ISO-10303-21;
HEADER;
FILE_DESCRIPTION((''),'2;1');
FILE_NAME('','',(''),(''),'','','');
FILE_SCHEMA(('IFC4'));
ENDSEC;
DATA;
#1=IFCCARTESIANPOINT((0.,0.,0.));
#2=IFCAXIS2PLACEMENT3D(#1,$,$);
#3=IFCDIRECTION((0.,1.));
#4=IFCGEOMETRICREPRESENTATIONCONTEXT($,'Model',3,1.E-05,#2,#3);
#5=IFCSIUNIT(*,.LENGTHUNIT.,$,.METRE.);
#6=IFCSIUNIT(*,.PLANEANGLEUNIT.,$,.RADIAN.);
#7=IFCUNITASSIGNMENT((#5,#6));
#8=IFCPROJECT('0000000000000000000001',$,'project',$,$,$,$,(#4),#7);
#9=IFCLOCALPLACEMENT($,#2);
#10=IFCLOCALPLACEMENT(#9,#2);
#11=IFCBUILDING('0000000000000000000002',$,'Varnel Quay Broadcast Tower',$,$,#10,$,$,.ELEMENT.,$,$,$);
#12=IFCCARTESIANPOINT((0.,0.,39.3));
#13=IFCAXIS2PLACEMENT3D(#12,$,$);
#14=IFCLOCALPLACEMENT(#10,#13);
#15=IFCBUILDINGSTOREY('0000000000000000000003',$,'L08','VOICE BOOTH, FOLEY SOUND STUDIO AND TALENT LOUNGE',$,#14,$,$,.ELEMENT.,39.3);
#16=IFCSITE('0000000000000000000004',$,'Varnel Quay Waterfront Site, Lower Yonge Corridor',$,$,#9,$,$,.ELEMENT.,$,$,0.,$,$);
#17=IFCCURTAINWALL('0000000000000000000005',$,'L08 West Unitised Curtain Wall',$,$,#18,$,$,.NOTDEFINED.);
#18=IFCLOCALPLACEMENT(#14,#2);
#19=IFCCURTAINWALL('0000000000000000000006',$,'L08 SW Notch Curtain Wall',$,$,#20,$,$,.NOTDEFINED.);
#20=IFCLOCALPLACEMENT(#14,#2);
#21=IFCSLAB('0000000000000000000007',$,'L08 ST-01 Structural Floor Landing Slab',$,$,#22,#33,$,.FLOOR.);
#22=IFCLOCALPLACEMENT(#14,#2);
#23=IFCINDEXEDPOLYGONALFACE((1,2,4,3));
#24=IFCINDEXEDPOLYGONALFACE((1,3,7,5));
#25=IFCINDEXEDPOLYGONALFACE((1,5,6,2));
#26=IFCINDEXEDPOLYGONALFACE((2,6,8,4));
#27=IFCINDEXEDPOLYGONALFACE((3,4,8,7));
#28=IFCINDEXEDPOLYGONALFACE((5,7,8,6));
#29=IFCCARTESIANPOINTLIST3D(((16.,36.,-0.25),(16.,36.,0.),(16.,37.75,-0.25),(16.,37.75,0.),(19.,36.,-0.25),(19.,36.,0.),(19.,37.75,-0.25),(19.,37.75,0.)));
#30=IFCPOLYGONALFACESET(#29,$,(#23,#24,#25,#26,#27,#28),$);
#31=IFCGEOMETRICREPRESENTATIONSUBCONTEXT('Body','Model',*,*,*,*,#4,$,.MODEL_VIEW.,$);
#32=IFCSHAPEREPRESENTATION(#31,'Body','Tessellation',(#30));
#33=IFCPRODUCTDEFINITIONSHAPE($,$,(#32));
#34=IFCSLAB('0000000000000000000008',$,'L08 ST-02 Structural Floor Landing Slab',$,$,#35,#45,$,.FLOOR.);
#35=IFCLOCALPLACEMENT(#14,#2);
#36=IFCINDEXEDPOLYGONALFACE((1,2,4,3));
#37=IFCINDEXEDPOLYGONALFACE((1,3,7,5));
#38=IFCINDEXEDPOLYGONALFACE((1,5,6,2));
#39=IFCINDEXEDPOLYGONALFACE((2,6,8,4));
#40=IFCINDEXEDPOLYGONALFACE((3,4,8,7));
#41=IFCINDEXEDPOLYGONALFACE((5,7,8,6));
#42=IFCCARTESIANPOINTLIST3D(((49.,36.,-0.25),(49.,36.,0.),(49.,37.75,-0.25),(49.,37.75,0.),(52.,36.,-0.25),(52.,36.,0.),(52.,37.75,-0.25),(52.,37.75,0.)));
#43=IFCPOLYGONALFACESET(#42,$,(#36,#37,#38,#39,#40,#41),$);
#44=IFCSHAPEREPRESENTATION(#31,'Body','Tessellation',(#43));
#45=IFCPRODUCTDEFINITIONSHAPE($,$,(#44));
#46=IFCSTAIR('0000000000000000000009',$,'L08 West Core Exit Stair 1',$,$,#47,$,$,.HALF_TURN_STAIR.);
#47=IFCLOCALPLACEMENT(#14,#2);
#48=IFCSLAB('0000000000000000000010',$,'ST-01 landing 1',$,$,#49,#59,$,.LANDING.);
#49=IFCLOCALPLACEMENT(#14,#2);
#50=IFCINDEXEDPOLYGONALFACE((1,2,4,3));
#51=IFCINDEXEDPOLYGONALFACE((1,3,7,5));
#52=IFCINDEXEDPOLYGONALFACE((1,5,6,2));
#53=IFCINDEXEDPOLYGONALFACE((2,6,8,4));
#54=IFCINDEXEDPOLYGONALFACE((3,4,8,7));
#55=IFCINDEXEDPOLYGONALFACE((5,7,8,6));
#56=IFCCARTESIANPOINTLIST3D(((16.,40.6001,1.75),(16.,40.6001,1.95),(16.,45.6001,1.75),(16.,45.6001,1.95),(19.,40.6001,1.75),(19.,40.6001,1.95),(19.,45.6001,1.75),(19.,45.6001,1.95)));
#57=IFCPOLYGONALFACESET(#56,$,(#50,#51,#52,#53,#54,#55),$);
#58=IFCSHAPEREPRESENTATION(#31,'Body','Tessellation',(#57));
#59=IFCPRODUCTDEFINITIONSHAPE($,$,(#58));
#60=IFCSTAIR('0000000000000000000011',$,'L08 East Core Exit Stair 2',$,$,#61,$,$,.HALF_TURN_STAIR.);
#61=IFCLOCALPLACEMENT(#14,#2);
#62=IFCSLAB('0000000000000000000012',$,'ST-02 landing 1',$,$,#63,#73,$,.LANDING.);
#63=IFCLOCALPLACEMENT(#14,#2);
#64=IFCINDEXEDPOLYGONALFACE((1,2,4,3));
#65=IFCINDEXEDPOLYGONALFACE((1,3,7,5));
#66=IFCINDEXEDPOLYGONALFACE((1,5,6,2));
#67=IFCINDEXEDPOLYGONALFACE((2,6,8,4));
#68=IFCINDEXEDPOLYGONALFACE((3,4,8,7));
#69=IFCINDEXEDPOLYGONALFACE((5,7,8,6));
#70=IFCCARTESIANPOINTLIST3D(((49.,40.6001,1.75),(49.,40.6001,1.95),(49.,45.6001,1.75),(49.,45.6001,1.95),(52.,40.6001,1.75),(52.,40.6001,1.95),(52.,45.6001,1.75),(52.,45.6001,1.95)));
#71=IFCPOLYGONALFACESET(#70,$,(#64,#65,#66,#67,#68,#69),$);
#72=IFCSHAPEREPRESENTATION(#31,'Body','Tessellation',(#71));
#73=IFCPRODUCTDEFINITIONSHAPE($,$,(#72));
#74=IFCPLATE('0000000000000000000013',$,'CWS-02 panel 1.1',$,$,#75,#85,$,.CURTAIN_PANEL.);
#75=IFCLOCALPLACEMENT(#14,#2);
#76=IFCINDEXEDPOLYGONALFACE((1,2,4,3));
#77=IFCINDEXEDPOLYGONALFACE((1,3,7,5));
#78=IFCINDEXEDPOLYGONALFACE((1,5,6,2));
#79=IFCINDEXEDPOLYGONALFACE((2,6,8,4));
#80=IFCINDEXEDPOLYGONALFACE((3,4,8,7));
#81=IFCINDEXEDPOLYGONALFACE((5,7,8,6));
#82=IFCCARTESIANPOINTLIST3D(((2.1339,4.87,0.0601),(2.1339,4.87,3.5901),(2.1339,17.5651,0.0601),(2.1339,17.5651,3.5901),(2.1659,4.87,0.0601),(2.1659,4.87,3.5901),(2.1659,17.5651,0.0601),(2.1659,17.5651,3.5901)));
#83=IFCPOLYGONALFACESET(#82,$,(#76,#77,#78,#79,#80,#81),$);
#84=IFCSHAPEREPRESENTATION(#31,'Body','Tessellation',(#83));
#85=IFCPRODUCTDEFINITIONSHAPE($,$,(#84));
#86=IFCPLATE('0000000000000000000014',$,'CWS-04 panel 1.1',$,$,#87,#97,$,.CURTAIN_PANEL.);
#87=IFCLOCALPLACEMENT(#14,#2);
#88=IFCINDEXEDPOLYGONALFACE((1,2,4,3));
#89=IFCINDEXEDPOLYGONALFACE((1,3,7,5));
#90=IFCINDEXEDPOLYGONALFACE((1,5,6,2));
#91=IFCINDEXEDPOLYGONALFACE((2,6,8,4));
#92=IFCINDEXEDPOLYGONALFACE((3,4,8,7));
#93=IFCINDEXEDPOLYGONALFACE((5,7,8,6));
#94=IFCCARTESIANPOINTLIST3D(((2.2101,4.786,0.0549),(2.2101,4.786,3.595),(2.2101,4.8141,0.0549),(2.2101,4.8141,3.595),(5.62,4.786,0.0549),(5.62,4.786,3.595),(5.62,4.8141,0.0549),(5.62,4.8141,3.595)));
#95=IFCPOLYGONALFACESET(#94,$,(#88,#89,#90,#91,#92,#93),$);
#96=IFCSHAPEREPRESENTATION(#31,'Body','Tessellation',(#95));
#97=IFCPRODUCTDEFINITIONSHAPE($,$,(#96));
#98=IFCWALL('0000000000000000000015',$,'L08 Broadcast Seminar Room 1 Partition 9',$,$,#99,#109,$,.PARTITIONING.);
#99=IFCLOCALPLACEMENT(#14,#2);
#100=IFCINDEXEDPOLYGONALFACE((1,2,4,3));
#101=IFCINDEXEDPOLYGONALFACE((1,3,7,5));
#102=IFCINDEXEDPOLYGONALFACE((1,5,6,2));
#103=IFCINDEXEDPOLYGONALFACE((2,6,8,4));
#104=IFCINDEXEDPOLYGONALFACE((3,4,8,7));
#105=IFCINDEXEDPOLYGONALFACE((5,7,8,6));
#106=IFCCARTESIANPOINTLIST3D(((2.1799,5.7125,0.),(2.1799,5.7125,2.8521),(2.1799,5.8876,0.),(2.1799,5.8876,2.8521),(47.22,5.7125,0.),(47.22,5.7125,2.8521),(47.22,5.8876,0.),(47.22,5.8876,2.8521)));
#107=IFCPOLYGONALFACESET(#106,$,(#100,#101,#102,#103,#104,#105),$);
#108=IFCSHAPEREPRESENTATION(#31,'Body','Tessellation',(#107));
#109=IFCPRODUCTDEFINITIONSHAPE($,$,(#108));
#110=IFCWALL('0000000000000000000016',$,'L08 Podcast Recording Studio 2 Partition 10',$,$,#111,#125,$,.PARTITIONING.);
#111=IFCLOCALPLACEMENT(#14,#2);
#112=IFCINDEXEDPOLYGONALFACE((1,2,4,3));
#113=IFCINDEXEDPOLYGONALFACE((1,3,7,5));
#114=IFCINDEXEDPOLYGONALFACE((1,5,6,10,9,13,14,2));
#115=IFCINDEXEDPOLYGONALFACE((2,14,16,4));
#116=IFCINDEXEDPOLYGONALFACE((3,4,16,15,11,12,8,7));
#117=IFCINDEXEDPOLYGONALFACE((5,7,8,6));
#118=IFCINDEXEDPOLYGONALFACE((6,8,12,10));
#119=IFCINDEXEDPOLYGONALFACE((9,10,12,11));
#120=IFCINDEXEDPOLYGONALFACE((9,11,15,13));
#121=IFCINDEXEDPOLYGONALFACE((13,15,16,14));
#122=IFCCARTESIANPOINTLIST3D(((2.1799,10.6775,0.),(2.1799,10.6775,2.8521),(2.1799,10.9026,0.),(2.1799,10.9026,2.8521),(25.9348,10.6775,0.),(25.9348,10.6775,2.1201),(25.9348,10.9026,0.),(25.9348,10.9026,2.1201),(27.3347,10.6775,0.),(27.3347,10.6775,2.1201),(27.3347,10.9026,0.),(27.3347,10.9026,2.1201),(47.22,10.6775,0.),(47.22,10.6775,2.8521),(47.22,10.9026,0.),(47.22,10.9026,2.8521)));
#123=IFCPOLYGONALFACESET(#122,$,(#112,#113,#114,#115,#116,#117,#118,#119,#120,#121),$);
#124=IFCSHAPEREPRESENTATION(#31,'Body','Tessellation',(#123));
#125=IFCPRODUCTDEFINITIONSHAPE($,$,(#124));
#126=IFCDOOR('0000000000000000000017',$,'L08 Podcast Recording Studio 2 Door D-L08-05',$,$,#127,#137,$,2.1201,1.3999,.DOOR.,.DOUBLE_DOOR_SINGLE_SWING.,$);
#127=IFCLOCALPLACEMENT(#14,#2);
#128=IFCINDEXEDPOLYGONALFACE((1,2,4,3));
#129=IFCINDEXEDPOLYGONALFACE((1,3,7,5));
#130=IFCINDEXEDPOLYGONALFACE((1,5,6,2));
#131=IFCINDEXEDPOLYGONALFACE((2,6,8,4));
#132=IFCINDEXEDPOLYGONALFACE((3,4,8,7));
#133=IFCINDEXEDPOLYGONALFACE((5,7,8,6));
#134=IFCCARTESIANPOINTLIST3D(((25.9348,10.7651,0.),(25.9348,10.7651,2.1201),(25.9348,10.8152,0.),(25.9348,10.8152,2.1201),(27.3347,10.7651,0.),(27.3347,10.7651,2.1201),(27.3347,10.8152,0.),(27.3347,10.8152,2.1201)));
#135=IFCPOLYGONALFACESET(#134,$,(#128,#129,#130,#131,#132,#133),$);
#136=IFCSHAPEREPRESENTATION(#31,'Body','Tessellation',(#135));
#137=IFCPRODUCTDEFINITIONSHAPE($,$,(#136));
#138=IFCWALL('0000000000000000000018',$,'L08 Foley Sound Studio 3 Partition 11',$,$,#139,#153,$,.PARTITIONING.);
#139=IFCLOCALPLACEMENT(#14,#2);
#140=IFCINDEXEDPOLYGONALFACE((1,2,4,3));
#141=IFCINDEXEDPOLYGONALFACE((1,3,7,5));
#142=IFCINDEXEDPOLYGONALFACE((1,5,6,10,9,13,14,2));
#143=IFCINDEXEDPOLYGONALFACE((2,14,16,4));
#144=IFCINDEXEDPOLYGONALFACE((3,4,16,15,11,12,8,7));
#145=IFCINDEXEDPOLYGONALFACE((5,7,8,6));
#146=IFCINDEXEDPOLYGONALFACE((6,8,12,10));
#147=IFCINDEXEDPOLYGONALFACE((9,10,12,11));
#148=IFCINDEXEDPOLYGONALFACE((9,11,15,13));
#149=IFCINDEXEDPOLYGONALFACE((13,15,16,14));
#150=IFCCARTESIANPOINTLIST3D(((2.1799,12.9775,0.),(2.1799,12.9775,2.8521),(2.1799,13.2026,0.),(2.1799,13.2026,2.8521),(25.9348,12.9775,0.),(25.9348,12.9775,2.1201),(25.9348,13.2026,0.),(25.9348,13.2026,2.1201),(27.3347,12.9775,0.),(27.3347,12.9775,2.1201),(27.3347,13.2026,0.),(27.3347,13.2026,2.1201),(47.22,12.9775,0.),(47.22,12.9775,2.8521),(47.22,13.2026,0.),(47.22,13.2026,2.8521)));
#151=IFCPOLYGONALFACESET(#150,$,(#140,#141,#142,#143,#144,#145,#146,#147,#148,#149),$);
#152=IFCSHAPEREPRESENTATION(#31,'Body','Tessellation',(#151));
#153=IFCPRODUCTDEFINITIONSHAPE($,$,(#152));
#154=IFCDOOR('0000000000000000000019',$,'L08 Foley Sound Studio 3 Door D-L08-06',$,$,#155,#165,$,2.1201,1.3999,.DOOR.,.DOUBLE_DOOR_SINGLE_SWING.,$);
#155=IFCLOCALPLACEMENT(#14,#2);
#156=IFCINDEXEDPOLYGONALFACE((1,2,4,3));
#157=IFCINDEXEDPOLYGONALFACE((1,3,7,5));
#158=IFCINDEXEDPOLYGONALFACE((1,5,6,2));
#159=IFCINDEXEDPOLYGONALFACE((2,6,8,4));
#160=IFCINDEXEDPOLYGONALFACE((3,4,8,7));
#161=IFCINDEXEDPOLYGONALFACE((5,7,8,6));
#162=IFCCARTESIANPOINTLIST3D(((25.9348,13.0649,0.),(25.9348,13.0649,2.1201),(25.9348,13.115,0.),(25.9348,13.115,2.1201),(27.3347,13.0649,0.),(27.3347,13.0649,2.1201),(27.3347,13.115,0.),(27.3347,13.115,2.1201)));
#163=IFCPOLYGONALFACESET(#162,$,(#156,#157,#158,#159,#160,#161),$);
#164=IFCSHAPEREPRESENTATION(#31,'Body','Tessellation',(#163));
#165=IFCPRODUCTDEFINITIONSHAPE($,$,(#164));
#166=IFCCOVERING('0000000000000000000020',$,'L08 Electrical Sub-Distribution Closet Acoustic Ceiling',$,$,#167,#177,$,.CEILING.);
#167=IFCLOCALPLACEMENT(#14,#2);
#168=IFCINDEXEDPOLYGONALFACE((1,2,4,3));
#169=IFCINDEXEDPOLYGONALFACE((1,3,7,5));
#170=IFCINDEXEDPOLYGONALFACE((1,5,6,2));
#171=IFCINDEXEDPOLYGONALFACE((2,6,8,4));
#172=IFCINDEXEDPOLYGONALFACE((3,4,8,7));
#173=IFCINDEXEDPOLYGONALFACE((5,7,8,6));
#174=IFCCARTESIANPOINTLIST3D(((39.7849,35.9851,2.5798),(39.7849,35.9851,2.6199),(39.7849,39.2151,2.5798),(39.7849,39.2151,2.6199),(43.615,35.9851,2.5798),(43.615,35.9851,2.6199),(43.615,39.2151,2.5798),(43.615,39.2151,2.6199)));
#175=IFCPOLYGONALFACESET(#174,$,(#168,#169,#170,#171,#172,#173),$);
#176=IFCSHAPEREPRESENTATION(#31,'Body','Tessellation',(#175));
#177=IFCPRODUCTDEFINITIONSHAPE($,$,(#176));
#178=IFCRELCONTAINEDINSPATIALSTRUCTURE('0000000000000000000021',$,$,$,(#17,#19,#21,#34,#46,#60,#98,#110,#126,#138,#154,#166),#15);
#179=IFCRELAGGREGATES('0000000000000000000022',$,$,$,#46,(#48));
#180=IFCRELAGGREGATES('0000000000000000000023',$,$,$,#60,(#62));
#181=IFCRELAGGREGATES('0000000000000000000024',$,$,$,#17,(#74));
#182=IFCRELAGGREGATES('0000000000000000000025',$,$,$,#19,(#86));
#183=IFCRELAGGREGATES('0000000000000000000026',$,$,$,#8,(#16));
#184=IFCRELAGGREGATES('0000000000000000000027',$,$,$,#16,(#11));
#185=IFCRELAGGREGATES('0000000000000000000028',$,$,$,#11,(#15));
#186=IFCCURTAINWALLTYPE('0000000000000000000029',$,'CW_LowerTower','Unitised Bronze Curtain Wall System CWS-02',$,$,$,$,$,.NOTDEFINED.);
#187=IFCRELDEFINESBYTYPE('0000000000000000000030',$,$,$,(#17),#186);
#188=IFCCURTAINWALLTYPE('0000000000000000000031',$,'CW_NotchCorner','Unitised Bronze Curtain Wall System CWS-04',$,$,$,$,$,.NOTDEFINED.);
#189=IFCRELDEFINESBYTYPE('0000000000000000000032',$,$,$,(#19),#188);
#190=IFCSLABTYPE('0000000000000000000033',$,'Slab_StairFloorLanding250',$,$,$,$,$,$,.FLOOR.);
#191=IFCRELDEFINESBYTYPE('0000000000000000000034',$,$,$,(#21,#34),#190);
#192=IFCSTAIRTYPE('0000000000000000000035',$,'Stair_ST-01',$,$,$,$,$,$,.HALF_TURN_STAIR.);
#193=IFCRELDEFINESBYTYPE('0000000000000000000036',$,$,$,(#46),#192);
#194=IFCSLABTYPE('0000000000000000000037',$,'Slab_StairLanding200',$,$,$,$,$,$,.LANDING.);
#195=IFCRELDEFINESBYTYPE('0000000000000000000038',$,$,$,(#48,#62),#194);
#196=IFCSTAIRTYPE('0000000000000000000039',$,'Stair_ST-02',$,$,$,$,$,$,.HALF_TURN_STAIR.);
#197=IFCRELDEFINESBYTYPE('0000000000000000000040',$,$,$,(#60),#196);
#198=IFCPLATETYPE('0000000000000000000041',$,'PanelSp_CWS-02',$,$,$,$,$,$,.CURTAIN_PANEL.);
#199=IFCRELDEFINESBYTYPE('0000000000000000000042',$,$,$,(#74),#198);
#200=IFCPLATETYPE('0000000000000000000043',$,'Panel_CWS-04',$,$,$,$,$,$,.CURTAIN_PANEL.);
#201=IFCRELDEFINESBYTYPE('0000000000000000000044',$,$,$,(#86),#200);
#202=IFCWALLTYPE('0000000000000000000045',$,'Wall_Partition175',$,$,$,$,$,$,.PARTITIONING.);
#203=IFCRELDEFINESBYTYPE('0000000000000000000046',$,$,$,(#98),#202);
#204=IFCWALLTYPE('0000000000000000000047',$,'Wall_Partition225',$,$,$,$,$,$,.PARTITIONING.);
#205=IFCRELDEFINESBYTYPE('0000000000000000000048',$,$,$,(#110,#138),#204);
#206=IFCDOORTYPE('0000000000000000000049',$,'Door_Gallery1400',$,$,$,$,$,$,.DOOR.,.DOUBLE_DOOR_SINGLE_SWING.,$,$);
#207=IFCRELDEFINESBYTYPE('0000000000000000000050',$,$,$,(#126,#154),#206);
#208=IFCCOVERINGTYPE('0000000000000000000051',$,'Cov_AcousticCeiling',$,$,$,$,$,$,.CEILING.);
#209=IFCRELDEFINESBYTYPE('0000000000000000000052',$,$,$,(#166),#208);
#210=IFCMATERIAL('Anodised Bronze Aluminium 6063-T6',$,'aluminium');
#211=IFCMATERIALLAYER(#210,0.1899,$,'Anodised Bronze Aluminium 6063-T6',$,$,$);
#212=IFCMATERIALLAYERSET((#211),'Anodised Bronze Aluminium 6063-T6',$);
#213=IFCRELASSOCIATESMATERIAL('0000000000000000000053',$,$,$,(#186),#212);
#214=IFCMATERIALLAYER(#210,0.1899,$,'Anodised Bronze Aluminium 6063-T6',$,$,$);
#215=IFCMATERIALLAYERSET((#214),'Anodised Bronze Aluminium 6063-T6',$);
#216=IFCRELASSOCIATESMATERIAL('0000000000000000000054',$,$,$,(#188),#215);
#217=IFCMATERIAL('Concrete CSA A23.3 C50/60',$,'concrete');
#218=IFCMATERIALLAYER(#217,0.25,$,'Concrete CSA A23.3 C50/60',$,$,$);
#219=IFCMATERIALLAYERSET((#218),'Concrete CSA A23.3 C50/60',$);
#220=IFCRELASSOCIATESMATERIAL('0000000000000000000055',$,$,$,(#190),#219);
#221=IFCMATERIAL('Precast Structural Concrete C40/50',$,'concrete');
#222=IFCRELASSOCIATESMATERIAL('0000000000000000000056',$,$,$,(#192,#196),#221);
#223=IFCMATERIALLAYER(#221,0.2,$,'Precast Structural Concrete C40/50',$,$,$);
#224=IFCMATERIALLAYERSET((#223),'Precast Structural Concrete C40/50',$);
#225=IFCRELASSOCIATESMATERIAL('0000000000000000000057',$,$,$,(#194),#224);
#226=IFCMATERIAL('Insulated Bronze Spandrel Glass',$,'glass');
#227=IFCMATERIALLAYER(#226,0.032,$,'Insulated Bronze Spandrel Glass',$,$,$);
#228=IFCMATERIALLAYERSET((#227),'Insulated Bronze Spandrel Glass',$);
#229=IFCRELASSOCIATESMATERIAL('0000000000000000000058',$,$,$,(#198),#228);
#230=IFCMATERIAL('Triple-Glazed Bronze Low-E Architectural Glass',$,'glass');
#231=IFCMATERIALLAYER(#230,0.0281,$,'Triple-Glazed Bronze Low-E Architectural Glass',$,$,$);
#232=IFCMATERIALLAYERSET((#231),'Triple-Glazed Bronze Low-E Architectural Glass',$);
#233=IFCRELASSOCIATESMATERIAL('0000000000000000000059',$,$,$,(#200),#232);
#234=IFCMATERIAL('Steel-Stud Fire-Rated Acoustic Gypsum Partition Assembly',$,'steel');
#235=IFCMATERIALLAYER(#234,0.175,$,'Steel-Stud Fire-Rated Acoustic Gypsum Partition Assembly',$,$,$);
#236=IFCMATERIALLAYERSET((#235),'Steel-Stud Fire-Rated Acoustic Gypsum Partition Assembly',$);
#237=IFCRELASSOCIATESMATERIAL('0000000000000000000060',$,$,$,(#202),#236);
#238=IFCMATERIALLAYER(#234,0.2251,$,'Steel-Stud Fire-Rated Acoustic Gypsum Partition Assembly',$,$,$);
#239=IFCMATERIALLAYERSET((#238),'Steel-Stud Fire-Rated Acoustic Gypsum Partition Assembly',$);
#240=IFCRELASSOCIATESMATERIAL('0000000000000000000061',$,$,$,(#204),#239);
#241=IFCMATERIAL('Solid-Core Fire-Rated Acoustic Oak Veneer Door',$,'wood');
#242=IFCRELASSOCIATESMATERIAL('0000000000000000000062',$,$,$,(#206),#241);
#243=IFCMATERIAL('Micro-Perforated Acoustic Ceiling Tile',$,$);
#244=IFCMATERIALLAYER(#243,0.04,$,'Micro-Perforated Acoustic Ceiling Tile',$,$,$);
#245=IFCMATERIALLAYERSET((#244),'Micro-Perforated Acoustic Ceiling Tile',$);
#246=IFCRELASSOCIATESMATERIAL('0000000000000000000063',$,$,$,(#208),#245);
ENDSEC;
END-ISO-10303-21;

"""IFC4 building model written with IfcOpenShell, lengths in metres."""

from ifc_helpers import new_model, si_unit, direction, frame, frame_2d, origin, origin_2d, place, context, subcontext, project, spatial, polyline, rectangle, outline, extrude, source, transform, mapped, material, layer, layer_set, type_object, type_shapes, element, fill, aggregate, save


model = new_model("IFC4")

# Units and contexts
model_context = context("Model", 3, precision=1e-05, world=origin(), true_north=direction((0.0, 1.0)))
body_context = subcontext(model_context, "Body", "Model", "MODEL_VIEW")
ifc_project = project(units=[si_unit("LENGTHUNIT", "METRE"), si_unit("PLANEANGLEUNIT", "RADIAN")], contexts=[model_context])

# Site, building, storey
site_placement = place(None, origin())
site = spatial("IfcSite", under=ifc_project, at=site_placement, Name="Varnel Quay Waterfront Site, Lower Yonge Corridor", CompositionType="ELEMENT", RefElevation=0.0)
building_placement = place(site_placement, origin())
building = spatial("IfcBuilding", under=site, at=building_placement, Name="Varnel Quay Broadcast Tower", CompositionType="ELEMENT")
storey_placement = place(building_placement, frame((0.0, 0.0, 39.3)))
storey = spatial("IfcBuildingStorey", under=building, at=storey_placement, Name="L08", Description="VOICE BOOTH, FOLEY SOUND STUDIO AND TALENT LOUNGE", CompositionType="ELEMENT", Elevation=39.3)

# Curtain walls
ifc_material_1 = material(Name="Anodised Bronze Aluminium 6063-T6", Category="aluminium")
ifc_layer_1 = layer(ifc_material_1, 0.1899, Name="Anodised Bronze Aluminium 6063-T6")
ifc_layer_set_1 = layer_set([ifc_layer_1], Name="Anodised Bronze Aluminium 6063-T6")
curtain_wall_type_1 = type_object("IfcCurtainWallType", Name="CW_LowerTower", Description="Unitised Bronze Curtain Wall System CWS-02", PredefinedType="NOTDEFINED", material=ifc_layer_set_1)
curtain_wall_1_placement = place(storey_placement, origin())
curtain_wall_1 = element("IfcCurtainWall", 1, at=curtain_wall_1_placement, inside=storey, type_object=curtain_wall_type_1, Name="L08 West Unitised Curtain Wall", PredefinedType="NOTDEFINED")
ifc_layer_2 = layer(ifc_material_1, 0.1899, Name="Anodised Bronze Aluminium 6063-T6")
ifc_layer_set_2 = layer_set([ifc_layer_2], Name="Anodised Bronze Aluminium 6063-T6")
curtain_wall_type_2 = type_object("IfcCurtainWallType", Name="CW_NotchCorner", Description="Unitised Bronze Curtain Wall System CWS-04", PredefinedType="NOTDEFINED", material=ifc_layer_set_2)
curtain_wall_2_placement = place(storey_placement, origin())
curtain_wall_2 = element("IfcCurtainWall", 2, at=curtain_wall_2_placement, inside=storey, type_object=curtain_wall_type_2, Name="L08 SW Notch Curtain Wall", PredefinedType="NOTDEFINED")

# Slabs
ifc_material_2 = material(Name="Concrete CSA A23.3 C50/60", Category="concrete")
ifc_layer_3 = layer(ifc_material_2, 0.25, Name="Concrete CSA A23.3 C50/60")
ifc_layer_set_3 = layer_set([ifc_layer_3], Name="Concrete CSA A23.3 C50/60")
slab_type_1 = type_object("IfcSlabType", Name="Slab_StairFloorLanding250", PredefinedType="FLOOR", material=ifc_layer_set_3)
slab_1_placement = place(storey_placement, frame((0.0, 0.0, -0.25)))
element("IfcSlab", 3, at=slab_1_placement, inside=storey, type_object=slab_type_1, Name="L08 ST-01 Structural Floor Landing Slab", PredefinedType="FLOOR", context=body_context, shape_type="SweptSolid", body=[
    extrude(outline(polyline([(19.0, 36.0), (19.0, 37.75), (16.0, 37.75), (16.0, 36.0), (19.0, 36.0)])), origin(), (0.0, 0.0, 1.0), 0.25),
])
slab_2_placement = place(storey_placement, frame((0.0, 0.0, -0.25)))
element("IfcSlab", 4, at=slab_2_placement, inside=storey, type_object=slab_type_1, Name="L08 ST-02 Structural Floor Landing Slab", PredefinedType="FLOOR", context=body_context, shape_type="SweptSolid", body=[
    extrude(outline(polyline([(52.0, 36.0), (52.0, 37.75), (49.0, 37.75), (49.0, 36.0), (52.0, 36.0)])), origin(), (0.0, 0.0, 1.0), 0.25),
])

# Stairs, slabs
ifc_material_3 = material(Name="Precast Structural Concrete C40/50", Category="concrete")
stair_type_1 = type_object("IfcStairType", Name="Stair_ST-01", PredefinedType="HALF_TURN_STAIR", material=ifc_material_3)
stair_1_placement = place(storey_placement, origin())
stair_1 = element("IfcStair", 5, at=stair_1_placement, inside=storey, type_object=stair_type_1, Name="L08 West Core Exit Stair 1", PredefinedType="HALF_TURN_STAIR")
ifc_layer_4 = layer(ifc_material_3, 0.2, Name="Precast Structural Concrete C40/50")
ifc_layer_set_4 = layer_set([ifc_layer_4], Name="Precast Structural Concrete C40/50")
slab_type_2 = type_object("IfcSlabType", Name="Slab_StairLanding200", PredefinedType="LANDING", material=ifc_layer_set_4)
slab_3_placement = place(storey_placement, frame((0.0, 0.0, 1.75)))
slab_3 = element("IfcSlab", 6, at=slab_3_placement, type_object=slab_type_2, Name="ST-01 landing 1", PredefinedType="LANDING", context=body_context, shape_type="SweptSolid", body=[
    extrude(outline(polyline([(19.0, 40.6001), (19.0, 45.6001), (16.0, 45.6001), (16.0, 40.6001), (19.0, 40.6001)])), origin(), (0.0, 0.0, 1.0), 0.2),
])
aggregate(stair_1, [slab_3])
stair_type_2 = type_object("IfcStairType", Name="Stair_ST-02", PredefinedType="HALF_TURN_STAIR", material=ifc_material_3)
stair_2_placement = place(storey_placement, origin())
stair_2 = element("IfcStair", 7, at=stair_2_placement, inside=storey, type_object=stair_type_2, Name="L08 East Core Exit Stair 2", PredefinedType="HALF_TURN_STAIR")
slab_4_placement = place(storey_placement, frame((0.0, 0.0, 1.75)))
slab_4 = element("IfcSlab", 8, at=slab_4_placement, type_object=slab_type_2, Name="ST-02 landing 1", PredefinedType="LANDING", context=body_context, shape_type="SweptSolid", body=[
    extrude(outline(polyline([(52.0, 40.6001), (52.0, 45.6001), (49.0, 45.6001), (49.0, 40.6001), (52.0, 40.6001)])), origin(), (0.0, 0.0, 1.0), 0.2),
])
aggregate(stair_2, [slab_4])

# Plates
ifc_material_4 = material(Name="Insulated Bronze Spandrel Glass", Category="glass")
ifc_layer_5 = layer(ifc_material_4, 0.032, Name="Insulated Bronze Spandrel Glass")
ifc_layer_set_5 = layer_set([ifc_layer_5], Name="Insulated Bronze Spandrel Glass")
plate_type_1 = type_object("IfcPlateType", Name="PanelSp_CWS-02", PredefinedType="CURTAIN_PANEL", material=ifc_layer_set_5)
shared_shape_1 = source(origin(), body_context, "Body", "SweptSolid", [
    extrude(rectangle(XDim=12.6951, YDim=0.032, at=origin_2d()), origin(), (0.0, 0.0, 1.0), 3.53),
])
type_shapes(plate_type_1, [shared_shape_1])
plate_1_placement = place(storey_placement, frame((2.1499, 11.2175, 0.0601), z_axis=(0.0, 0.0, 1.0), x_axis=(0.0, 1.0, 0.0)))
plate_1 = element("IfcPlate", 9, at=plate_1_placement, type_object=plate_type_1, Name="CWS-02 panel 1.1", PredefinedType="CURTAIN_PANEL", context=body_context, shape_type="MappedRepresentation", body=[
    mapped(shared_shape_1, transform((0.0, 0.0, 0.0), x_axis=(1.0, 0.0, 0.0), y_axis=(0.0, 1.0, 0.0), z_axis=(0.0, 0.0, 1.0), scale=1.0)),
])
aggregate(curtain_wall_1, [plate_1])
ifc_material_5 = material(Name="Triple-Glazed Bronze Low-E Architectural Glass", Category="glass")
ifc_layer_6 = layer(ifc_material_5, 0.0281, Name="Triple-Glazed Bronze Low-E Architectural Glass")
ifc_layer_set_6 = layer_set([ifc_layer_6], Name="Triple-Glazed Bronze Low-E Architectural Glass")
plate_type_2 = type_object("IfcPlateType", Name="Panel_CWS-04", PredefinedType="CURTAIN_PANEL", material=ifc_layer_set_6)
shared_shape_2 = source(origin(), body_context, "Body", "SweptSolid", [
    extrude(rectangle(XDim=3.4099, YDim=0.0281, at=origin_2d()), origin(), (0.0, 0.0, 1.0), 3.54),
])
type_shapes(plate_type_2, [shared_shape_2])
plate_2_placement = place(storey_placement, frame((3.915, 4.8, 0.0549), z_axis=(0.0, 0.0, 1.0), x_axis=(1.0, 0.0, 0.0)))
plate_2 = element("IfcPlate", 10, at=plate_2_placement, type_object=plate_type_2, Name="CWS-04 panel 1.1", PredefinedType="CURTAIN_PANEL", context=body_context, shape_type="MappedRepresentation", body=[
    mapped(shared_shape_2, transform((0.0, 0.0, 0.0), x_axis=(1.0, 0.0, 0.0), y_axis=(0.0, 1.0, 0.0), z_axis=(0.0, 0.0, 1.0), scale=1.0)),
])
aggregate(curtain_wall_2, [plate_2])

# Wall
ifc_material_6 = material(Name="Steel-Stud Fire-Rated Acoustic Gypsum Partition Assembly", Category="steel")
ifc_layer_7 = layer(ifc_material_6, 0.175, Name="Steel-Stud Fire-Rated Acoustic Gypsum Partition Assembly")
ifc_layer_set_7 = layer_set([ifc_layer_7], Name="Steel-Stud Fire-Rated Acoustic Gypsum Partition Assembly")
wall_type_1 = type_object("IfcWallType", Name="Wall_Partition175", PredefinedType="PARTITIONING", material=ifc_layer_set_7)
wall_1_placement = place(storey_placement, frame((2.1799, 5.8, 0.0), z_axis=(0.0, 0.0, 1.0), x_axis=(1.0, 0.0, 0.0)))
element("IfcWall", 11, at=wall_1_placement, inside=storey, type_object=wall_type_1, Name="L08 Broadcast Seminar Room 1 Partition 9", PredefinedType="PARTITIONING", context=body_context, shape_type="SweptSolid", body=[
    extrude(rectangle(XDim=45.04, YDim=0.175, at=frame_2d((22.52, 0.0))), origin(), (0.0, 0.0, 1.0), 2.8521),
])

# Walls, openings, doors
ifc_layer_8 = layer(ifc_material_6, 0.2251, Name="Steel-Stud Fire-Rated Acoustic Gypsum Partition Assembly")
ifc_layer_set_8 = layer_set([ifc_layer_8], Name="Steel-Stud Fire-Rated Acoustic Gypsum Partition Assembly")
wall_type_2 = type_object("IfcWallType", Name="Wall_Partition225", PredefinedType="PARTITIONING", material=ifc_layer_set_8)
wall_2_placement = place(storey_placement, frame((2.1799, 10.79, 0.0), z_axis=(0.0, 0.0, 1.0), x_axis=(1.0, 0.0, 0.0)))
wall_2 = element("IfcWall", 12, at=wall_2_placement, inside=storey, type_object=wall_type_2, Name="L08 Podcast Recording Studio 2 Partition 10", PredefinedType="PARTITIONING", context=body_context, shape_type="SweptSolid", body=[
    extrude(rectangle(XDim=45.04, YDim=0.2251, at=frame_2d((22.52, 0.0))), origin(), (0.0, 0.0, 1.0), 2.8521),
])
opening_1_placement = place(wall_2_placement, frame((23.7549, 0.0, 0.0)))
opening_1 = element("IfcOpeningElement", 13, at=opening_1_placement, cuts=wall_2, PredefinedType="OPENING", context=body_context, shape_type="SweptSolid", body=[
    extrude(rectangle(XDim=1.3999, YDim=2.1201, at=frame_2d((0.7, 1.0601))), frame((0.0, 0.1226, 0.0), z_axis=(0.0, -1.0, 0.0), x_axis=(1.0, 0.0, 0.0)), (0.0, 0.0, 1.0), 0.2451),
])
ifc_material_7 = material(Name="Solid-Core Fire-Rated Acoustic Oak Veneer Door", Category="wood")
door_type = type_object("IfcDoorType", Name="Door_Gallery1400", OperationType="DOUBLE_DOOR_SINGLE_SWING", PredefinedType="DOOR", material=ifc_material_7)
shared_shape_3 = source(origin(), body_context, "Body", "SweptSolid", [
    extrude(rectangle(XDim=1.3999, YDim=2.1201, at=frame_2d((0.7, 1.0601))), frame((0.0, 0.0249, 0.0), z_axis=(0.0, -1.0, 0.0), x_axis=(1.0, 0.0, 0.0)), (0.0, 0.0, 1.0), 0.05),
])
type_shapes(door_type, [shared_shape_3])
door_1_placement = place(opening_1_placement, frame((1.3999, 0.0, 0.0), z_axis=(0.0, 0.0, 1.0), x_axis=(-1.0, 0.0, 0.0)))
door_1 = element("IfcDoor", 14, at=door_1_placement, inside=storey, type_object=door_type, Name="L08 Podcast Recording Studio 2 Door D-L08-05", OperationType="DOUBLE_DOOR_SINGLE_SWING", OverallHeight=2.1201, OverallWidth=1.3999, PredefinedType="DOOR", context=body_context, shape_type="MappedRepresentation", body=[
    mapped(shared_shape_3, transform((0.0, 0.0, 0.0), x_axis=(1.0, 0.0, 0.0), y_axis=(0.0, 1.0, 0.0), z_axis=(0.0, 0.0, 1.0), scale=1.0)),
])
fill(opening_1, door_1)
wall_3_placement = place(storey_placement, frame((2.1799, 13.0901, 0.0), z_axis=(0.0, 0.0, 1.0), x_axis=(1.0, 0.0, 0.0)))
wall_3 = element("IfcWall", 15, at=wall_3_placement, inside=storey, type_object=wall_type_2, Name="L08 Foley Sound Studio 3 Partition 11", PredefinedType="PARTITIONING", context=body_context, shape_type="SweptSolid", body=[
    extrude(rectangle(XDim=45.04, YDim=0.2251, at=frame_2d((22.52, 0.0))), origin(), (0.0, 0.0, 1.0), 2.8521),
])
opening_2_placement = place(wall_3_placement, frame((23.7549, 0.0, 0.0)))
opening_2 = element("IfcOpeningElement", 16, at=opening_2_placement, cuts=wall_3, PredefinedType="OPENING", context=body_context, shape_type="SweptSolid", body=[
    extrude(rectangle(XDim=1.3999, YDim=2.1201, at=frame_2d((0.7, 1.0601))), frame((0.0, 0.1226, 0.0), z_axis=(0.0, -1.0, 0.0), x_axis=(1.0, 0.0, 0.0)), (0.0, 0.0, 1.0), 0.2451),
])
door_2_placement = place(opening_2_placement, origin())
door_2 = element("IfcDoor", 17, at=door_2_placement, inside=storey, type_object=door_type, Name="L08 Foley Sound Studio 3 Door D-L08-06", OperationType="DOUBLE_DOOR_SINGLE_SWING", OverallHeight=2.1201, OverallWidth=1.3999, PredefinedType="DOOR", context=body_context, shape_type="MappedRepresentation", body=[
    mapped(shared_shape_3, transform((0.0, 0.0, 0.0), x_axis=(1.0, 0.0, 0.0), y_axis=(0.0, 1.0, 0.0), z_axis=(0.0, 0.0, 1.0), scale=1.0)),
])
fill(opening_2, door_2)

# Covering
ifc_material_8 = material(Name="Micro-Perforated Acoustic Ceiling Tile")
ifc_layer_9 = layer(ifc_material_8, 0.04, Name="Micro-Perforated Acoustic Ceiling Tile")
ifc_layer_set_9 = layer_set([ifc_layer_9], Name="Micro-Perforated Acoustic Ceiling Tile")
covering_type_1 = type_object("IfcCoveringType", Name="Cov_AcousticCeiling", PredefinedType="CEILING", material=ifc_layer_set_9)
covering_1_placement = place(storey_placement, frame((0.0, 0.0, 2.5798)))
element("IfcCovering", 18, at=covering_1_placement, inside=storey, type_object=covering_type_1, Name="L08 Electrical Sub-Distribution Closet Acoustic Ceiling", PredefinedType="CEILING", context=body_context, shape_type="SweptSolid", body=[
    extrude(outline(polyline([(39.7849, 35.9851), (43.615, 35.9851), (43.615, 39.2151), (39.7849, 39.2151), (39.7849, 35.9851)])), origin(), (0.0, 0.0, 1.0), 0.04),
])

save(model, "model.ifc")
